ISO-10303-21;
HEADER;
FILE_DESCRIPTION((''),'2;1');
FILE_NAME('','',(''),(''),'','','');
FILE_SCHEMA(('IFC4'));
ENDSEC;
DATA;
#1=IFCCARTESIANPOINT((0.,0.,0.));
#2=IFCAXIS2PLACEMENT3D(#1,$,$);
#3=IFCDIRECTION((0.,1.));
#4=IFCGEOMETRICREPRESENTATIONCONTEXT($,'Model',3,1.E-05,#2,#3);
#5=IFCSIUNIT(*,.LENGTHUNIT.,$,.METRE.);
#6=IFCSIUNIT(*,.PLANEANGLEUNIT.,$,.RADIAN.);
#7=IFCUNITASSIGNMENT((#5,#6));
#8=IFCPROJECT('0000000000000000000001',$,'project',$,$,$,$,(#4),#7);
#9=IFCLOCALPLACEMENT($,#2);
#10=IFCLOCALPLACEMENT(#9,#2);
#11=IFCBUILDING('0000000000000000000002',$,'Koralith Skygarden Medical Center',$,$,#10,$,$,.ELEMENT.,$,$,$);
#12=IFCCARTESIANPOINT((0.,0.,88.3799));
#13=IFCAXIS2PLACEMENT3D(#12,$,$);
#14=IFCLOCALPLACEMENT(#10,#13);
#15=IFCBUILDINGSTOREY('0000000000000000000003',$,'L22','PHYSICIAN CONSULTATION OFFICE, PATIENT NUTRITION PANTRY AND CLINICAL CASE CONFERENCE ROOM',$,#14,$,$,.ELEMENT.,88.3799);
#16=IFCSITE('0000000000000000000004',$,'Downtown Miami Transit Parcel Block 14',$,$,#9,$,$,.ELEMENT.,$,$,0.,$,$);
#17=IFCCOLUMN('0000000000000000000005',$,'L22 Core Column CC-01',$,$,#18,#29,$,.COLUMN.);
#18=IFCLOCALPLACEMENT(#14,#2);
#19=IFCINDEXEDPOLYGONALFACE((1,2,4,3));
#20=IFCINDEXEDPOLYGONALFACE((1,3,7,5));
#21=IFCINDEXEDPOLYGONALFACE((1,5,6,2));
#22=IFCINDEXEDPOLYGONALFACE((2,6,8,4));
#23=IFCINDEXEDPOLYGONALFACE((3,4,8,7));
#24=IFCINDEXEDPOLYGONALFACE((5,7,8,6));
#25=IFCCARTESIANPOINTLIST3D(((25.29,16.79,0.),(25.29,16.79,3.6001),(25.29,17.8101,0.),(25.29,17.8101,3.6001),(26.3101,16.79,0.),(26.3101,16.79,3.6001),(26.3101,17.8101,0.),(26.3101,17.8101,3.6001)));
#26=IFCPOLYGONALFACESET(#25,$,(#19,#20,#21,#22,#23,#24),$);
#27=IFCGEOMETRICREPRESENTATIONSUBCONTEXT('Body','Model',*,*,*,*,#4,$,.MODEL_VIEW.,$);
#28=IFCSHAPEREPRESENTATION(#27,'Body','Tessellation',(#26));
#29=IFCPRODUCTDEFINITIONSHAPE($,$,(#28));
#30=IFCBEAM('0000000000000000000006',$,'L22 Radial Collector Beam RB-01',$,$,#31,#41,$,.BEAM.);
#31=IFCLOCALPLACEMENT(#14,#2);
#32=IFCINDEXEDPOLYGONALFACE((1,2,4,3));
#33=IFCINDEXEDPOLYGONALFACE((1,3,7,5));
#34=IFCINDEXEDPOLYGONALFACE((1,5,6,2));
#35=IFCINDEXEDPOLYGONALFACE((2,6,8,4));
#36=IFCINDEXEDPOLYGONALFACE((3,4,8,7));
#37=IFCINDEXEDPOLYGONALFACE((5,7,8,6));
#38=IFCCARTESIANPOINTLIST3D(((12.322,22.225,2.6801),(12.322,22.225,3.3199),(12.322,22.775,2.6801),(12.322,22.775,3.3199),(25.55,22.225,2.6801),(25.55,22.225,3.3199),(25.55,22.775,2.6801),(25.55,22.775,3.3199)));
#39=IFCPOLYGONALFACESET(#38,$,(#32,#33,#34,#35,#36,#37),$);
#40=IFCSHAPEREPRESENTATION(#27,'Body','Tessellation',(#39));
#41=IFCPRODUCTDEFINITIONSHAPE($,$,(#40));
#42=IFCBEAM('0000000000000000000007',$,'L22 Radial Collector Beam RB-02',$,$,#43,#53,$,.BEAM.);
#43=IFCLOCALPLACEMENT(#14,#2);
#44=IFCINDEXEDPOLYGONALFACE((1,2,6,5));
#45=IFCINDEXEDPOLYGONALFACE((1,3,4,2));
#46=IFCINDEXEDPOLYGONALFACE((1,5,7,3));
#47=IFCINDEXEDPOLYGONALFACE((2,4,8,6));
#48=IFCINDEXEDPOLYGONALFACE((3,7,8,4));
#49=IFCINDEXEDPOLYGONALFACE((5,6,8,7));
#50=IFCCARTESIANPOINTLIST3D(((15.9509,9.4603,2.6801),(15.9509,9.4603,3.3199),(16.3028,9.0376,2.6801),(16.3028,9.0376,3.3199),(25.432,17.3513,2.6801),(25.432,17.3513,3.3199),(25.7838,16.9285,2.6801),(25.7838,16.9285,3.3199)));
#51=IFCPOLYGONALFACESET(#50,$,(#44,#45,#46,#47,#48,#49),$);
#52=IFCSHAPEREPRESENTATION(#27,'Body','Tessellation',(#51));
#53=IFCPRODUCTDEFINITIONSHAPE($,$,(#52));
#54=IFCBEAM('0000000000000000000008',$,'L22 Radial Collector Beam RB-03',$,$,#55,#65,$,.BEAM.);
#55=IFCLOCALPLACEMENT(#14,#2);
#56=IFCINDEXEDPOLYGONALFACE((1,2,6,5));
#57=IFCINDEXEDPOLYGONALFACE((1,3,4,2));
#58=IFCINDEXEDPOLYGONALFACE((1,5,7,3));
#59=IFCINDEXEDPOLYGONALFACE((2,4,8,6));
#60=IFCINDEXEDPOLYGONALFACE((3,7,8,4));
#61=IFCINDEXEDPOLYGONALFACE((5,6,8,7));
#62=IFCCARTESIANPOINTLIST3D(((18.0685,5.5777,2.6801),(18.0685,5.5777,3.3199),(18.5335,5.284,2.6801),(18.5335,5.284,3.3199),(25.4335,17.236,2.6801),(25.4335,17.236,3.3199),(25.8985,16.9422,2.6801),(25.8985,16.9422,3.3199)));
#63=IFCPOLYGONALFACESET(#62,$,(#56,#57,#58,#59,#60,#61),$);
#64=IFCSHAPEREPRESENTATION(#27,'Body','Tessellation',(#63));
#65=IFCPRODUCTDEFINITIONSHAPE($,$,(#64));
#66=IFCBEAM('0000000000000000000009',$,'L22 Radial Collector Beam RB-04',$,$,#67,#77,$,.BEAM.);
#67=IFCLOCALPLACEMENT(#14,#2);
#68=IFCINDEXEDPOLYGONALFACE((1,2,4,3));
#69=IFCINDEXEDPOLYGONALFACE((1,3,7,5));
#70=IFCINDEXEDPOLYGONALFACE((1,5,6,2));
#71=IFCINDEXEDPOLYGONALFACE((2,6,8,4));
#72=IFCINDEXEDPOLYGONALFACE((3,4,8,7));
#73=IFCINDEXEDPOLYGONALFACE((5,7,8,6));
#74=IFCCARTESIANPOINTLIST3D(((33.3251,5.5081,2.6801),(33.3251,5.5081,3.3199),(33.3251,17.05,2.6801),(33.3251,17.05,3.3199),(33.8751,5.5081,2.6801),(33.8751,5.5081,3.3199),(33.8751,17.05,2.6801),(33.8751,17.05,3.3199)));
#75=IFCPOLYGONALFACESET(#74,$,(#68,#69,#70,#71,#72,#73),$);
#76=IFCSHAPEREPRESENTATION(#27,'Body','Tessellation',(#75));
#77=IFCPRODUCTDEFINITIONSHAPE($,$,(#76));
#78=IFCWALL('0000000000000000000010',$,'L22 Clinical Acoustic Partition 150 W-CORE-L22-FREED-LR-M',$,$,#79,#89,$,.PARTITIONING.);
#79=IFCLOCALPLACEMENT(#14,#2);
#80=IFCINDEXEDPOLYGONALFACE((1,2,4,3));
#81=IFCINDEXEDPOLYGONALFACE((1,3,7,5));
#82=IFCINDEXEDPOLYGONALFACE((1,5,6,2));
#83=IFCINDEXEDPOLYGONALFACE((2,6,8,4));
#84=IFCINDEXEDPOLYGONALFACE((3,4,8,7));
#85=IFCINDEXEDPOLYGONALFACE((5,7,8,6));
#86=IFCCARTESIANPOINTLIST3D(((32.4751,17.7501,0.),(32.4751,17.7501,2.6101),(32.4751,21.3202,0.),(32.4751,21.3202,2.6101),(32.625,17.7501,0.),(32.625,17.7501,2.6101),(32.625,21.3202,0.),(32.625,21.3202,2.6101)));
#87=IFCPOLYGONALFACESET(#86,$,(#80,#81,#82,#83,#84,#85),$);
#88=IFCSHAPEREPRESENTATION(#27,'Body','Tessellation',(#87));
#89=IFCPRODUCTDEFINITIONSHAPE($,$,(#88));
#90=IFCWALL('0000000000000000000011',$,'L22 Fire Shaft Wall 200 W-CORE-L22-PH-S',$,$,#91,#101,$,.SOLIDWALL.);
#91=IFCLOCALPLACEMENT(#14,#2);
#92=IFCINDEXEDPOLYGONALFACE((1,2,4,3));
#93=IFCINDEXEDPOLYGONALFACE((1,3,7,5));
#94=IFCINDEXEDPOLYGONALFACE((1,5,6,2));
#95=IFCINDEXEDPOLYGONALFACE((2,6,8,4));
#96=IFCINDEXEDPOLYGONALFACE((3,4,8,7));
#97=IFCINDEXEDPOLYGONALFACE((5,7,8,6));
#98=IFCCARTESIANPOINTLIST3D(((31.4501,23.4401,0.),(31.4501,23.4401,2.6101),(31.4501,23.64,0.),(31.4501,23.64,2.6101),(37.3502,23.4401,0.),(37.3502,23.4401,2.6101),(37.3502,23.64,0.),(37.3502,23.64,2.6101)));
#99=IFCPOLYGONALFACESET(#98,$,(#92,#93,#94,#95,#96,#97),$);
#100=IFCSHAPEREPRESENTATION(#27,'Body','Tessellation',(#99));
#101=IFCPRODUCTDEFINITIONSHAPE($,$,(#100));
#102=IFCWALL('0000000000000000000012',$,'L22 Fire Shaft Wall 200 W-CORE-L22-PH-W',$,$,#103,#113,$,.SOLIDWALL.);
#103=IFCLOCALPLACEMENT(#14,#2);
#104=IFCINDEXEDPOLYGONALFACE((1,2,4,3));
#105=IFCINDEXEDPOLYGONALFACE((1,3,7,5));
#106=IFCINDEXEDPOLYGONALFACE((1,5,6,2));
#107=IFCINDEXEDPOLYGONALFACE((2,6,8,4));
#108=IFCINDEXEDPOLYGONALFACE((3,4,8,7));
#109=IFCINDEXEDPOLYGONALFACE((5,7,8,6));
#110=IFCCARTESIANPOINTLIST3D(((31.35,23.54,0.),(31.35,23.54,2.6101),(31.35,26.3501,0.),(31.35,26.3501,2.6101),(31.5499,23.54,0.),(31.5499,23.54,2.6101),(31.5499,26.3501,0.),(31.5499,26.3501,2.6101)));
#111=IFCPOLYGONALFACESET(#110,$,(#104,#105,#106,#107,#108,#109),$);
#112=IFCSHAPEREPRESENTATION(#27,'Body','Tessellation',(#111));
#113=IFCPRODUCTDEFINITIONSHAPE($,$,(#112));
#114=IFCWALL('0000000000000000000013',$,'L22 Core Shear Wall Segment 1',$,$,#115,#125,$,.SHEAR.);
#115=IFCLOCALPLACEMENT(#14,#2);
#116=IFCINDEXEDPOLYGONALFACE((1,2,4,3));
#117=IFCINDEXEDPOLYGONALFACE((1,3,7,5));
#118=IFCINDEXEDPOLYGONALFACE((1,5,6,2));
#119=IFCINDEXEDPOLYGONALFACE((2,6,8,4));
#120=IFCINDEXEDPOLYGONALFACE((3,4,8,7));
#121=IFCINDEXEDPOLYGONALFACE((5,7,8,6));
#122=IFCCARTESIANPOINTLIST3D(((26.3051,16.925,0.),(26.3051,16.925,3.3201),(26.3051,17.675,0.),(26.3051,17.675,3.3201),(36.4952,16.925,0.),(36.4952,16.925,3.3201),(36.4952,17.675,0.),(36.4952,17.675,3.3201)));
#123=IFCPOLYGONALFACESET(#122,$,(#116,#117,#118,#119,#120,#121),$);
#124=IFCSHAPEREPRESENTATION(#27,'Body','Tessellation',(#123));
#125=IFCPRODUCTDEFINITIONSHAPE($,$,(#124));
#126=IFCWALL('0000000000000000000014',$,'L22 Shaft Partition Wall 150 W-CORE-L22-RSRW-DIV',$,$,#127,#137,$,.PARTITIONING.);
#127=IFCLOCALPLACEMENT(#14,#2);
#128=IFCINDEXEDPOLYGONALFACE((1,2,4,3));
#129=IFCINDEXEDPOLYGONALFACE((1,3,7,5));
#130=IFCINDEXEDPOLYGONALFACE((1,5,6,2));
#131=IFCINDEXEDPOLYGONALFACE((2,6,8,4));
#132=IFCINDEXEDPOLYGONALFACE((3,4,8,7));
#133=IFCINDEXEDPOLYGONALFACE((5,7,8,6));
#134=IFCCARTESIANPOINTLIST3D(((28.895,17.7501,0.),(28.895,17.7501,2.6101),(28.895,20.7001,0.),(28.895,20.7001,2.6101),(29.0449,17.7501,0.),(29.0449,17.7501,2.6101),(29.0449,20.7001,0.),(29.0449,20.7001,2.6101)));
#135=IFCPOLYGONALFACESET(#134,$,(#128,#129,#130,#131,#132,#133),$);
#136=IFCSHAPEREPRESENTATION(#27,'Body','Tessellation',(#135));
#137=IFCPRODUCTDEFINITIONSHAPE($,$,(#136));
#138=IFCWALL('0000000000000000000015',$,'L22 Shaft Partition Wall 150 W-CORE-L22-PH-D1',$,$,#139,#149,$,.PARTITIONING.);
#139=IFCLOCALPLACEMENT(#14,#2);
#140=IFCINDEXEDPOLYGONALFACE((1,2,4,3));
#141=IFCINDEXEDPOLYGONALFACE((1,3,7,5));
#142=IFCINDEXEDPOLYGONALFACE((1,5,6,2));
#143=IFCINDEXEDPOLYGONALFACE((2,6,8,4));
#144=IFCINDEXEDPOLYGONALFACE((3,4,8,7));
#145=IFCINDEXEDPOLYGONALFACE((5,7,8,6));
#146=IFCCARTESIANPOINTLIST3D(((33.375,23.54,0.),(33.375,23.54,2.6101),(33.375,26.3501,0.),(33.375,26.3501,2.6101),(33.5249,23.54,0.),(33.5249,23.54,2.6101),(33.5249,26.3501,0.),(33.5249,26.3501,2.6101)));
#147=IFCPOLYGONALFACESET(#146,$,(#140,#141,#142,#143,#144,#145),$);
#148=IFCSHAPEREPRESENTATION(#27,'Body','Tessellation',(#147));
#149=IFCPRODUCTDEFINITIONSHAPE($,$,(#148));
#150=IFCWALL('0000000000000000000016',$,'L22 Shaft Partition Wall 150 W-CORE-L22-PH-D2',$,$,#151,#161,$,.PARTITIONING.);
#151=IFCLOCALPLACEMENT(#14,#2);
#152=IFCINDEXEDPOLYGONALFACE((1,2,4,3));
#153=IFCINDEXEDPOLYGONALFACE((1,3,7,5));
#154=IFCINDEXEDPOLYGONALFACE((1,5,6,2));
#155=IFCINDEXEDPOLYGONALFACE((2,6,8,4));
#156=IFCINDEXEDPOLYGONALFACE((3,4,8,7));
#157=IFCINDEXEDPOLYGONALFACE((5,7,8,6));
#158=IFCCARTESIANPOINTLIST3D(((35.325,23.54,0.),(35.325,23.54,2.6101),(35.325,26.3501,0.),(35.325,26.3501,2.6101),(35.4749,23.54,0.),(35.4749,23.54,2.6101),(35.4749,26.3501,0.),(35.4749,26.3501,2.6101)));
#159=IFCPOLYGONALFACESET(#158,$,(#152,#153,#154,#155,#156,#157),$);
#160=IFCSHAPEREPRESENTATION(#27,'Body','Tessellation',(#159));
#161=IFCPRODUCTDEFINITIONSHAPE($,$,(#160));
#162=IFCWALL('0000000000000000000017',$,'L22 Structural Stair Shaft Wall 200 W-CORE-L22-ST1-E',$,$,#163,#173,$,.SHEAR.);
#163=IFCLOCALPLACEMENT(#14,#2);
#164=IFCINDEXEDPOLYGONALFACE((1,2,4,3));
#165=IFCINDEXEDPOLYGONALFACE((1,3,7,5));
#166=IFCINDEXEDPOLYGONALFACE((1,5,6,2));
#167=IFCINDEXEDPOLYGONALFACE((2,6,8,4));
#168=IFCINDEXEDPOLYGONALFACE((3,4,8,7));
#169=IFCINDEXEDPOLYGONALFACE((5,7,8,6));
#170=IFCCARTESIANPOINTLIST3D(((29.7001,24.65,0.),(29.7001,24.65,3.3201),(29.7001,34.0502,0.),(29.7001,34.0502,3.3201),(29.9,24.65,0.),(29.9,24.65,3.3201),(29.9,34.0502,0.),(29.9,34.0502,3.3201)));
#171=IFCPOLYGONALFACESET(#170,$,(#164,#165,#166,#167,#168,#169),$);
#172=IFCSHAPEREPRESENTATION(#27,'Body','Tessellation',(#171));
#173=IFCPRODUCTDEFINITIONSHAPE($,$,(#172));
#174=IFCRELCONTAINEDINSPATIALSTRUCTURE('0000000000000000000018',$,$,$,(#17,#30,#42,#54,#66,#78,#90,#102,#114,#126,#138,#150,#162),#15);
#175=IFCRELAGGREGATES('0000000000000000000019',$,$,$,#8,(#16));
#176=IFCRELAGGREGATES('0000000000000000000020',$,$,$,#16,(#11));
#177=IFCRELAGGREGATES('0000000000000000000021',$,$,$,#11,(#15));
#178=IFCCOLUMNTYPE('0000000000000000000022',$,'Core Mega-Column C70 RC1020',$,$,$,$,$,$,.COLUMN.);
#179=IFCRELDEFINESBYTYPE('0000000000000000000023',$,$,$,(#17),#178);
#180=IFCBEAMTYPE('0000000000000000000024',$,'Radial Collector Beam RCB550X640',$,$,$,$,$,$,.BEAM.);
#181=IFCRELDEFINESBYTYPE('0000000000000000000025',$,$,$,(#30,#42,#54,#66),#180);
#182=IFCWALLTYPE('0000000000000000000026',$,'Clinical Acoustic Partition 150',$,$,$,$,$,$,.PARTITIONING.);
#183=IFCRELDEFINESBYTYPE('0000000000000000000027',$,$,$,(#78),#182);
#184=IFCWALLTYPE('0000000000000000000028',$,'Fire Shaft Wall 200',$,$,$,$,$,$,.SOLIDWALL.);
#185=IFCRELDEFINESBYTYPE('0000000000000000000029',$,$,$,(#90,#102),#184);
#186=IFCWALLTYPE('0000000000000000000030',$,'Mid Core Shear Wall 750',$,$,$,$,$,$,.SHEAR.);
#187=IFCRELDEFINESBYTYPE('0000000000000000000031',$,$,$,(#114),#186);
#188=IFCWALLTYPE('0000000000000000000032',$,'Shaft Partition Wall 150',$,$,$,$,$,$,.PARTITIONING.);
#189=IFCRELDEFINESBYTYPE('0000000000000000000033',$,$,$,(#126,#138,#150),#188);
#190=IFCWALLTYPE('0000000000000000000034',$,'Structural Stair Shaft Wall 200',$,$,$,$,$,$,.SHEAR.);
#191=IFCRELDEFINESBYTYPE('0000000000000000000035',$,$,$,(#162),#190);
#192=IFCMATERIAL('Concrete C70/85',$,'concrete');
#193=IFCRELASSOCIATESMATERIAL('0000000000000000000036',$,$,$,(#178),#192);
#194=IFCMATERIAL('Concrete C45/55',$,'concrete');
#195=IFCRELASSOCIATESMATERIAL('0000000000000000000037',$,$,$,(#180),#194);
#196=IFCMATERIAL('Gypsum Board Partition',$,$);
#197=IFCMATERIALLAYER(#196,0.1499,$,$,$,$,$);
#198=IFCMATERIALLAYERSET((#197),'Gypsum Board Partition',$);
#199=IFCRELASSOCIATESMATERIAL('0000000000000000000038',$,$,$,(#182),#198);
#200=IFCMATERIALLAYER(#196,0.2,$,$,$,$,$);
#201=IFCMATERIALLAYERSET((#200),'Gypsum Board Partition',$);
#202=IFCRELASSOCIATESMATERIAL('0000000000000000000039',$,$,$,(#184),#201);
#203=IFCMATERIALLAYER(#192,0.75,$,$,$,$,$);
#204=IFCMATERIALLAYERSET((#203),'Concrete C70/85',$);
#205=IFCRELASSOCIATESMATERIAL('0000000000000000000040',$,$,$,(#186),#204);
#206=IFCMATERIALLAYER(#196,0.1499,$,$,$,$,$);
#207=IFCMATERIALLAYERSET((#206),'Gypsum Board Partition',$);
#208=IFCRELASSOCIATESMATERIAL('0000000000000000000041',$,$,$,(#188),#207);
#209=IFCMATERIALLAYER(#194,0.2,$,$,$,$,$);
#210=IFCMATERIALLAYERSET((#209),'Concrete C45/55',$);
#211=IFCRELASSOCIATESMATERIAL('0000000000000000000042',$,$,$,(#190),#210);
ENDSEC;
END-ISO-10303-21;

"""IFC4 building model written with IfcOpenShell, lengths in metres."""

from ifc_helpers import new_model, si_unit, direction, frame, frame_2d, origin, origin_2d, place, context, subcontext, project, spatial, rectangle, extrude, material, layer, layer_set, material_profile, profile_set, type_object, element, save


model = new_model("IFC4")

# Units and contexts
model_context = context("Model", 3, precision=1e-05, world=origin(), true_north=direction((0.0, 1.0)))
body_context = subcontext(model_context, "Body", "Model", "MODEL_VIEW")
ifc_project = project(units=[si_unit("LENGTHUNIT", "METRE"), si_unit("PLANEANGLEUNIT", "RADIAN")], contexts=[model_context])

# Site, building, storey
site_placement = place(None, origin())
site = spatial("IfcSite", under=ifc_project, at=site_placement, Name="Downtown Miami Transit Parcel Block 14", CompositionType="ELEMENT", RefElevation=0.0)
building_placement = place(site_placement, origin())
building = spatial("IfcBuilding", under=site, at=building_placement, Name="Koralith Skygarden Medical Center", CompositionType="ELEMENT")
storey_placement = place(building_placement, frame((0.0, 0.0, 88.3799)))
storey = spatial("IfcBuildingStorey", under=building, at=storey_placement, Name="L22", Description="PHYSICIAN CONSULTATION OFFICE, PATIENT NUTRITION PANTRY AND CLINICAL CASE CONFERENCE ROOM", CompositionType="ELEMENT", Elevation=88.3799)

# Column
ifc_material_1 = material(Name="Concrete C70/85", Category="concrete")
ifc_material_profile_1 = material_profile(ifc_material_1, rectangle(XDim=1.02, YDim=1.02, at=origin_2d()), Name="RC1020X1020")
ifc_profile_set_1 = profile_set([ifc_material_profile_1], Name="Concrete C70/85")
column_type = type_object("IfcColumnType", Name="Core Mega-Column C70 RC1020", PredefinedType="COLUMN", material=ifc_profile_set_1)
column_placement = place(storey_placement, frame((25.8, 17.3, 0.0), z_axis=(0.0, 0.0, 1.0), x_axis=(1.0, 0.0, 0.0)))
element("IfcColumn", 1, at=column_placement, inside=storey, type_object=column_type, Name="L22 Core Column CC-01", PredefinedType="COLUMN", context=body_context, shape_type="SweptSolid", body=[
    extrude(rectangle(XDim=1.02, YDim=1.02, at=origin_2d()), origin(), (0.0, 0.0, 1.0), 3.6001),
])

# Beams
ifc_material_2 = material(Name="Concrete C45/55", Category="concrete")
ifc_material_profile_2 = material_profile(ifc_material_2, rectangle(XDim=0.55, YDim=0.6399, at=origin_2d()), Name="RCB550X640")
ifc_profile_set_2 = profile_set([ifc_material_profile_2], Name="Concrete C45/55")
beam_type = type_object("IfcBeamType", Name="Radial Collector Beam RCB550X640", PredefinedType="BEAM", material=ifc_profile_set_2)
beam_1_placement = place(storey_placement, frame((25.55, 22.5, 3.0), z_axis=(-1.0, 0.0, 0.0), x_axis=(0.0, -1.0, 0.0)))
element("IfcBeam", 2, at=beam_1_placement, inside=storey, type_object=beam_type, Name="L22 Radial Collector Beam RB-01", PredefinedType="BEAM", context=body_context, shape_type="SweptSolid", body=[
    extrude(rectangle(XDim=0.55, YDim=0.6399, at=origin_2d()), origin(), (0.0, 0.0, 1.0), 13.228),
])
beam_2_placement = place(storey_placement, frame((25.6079, 17.1399, 3.0), z_axis=(-0.768617, -0.639709, 0.0), x_axis=(0.639709, -0.768617, 0.0)))
element("IfcBeam", 3, at=beam_2_placement, inside=storey, type_object=beam_type, Name="L22 Radial Collector Beam RB-02", PredefinedType="BEAM", context=body_context, shape_type="SweptSolid", body=[
    extrude(rectangle(XDim=0.55, YDim=0.6399, at=origin_2d()), origin(), (0.0, 0.0, 1.0), 12.3352),
])
beam_3_placement = place(storey_placement, frame((25.666, 17.0891, 3.0), z_axis=(-0.534092, -0.845426, 0.0), x_axis=(0.845426, -0.534092, 0.0)))
element("IfcBeam", 4, at=beam_3_placement, inside=storey, type_object=beam_type, Name="L22 Radial Collector Beam RB-03", PredefinedType="BEAM", context=body_context, shape_type="SweptSolid", body=[
    extrude(rectangle(XDim=0.55, YDim=0.6399, at=origin_2d()), origin(), (0.0, 0.0, 1.0), 13.7898),
])
beam_4_placement = place(storey_placement, frame((33.6001, 17.05, 3.0), z_axis=(0.0, -1.0, 0.0), x_axis=(1.0, 0.0, 0.0)))
element("IfcBeam", 5, at=beam_4_placement, inside=storey, type_object=beam_type, Name="L22 Radial Collector Beam RB-04", PredefinedType="BEAM", context=body_context, shape_type="SweptSolid", body=[
    extrude(rectangle(XDim=0.55, YDim=0.6399, at=origin_2d()), origin(), (0.0, 0.0, 1.0), 11.542),
])

# Shared definitions
ifc_material_3 = material(Name="Gypsum Board Partition")
ifc_layer_1 = layer(ifc_material_3, 0.1499)
ifc_layer_set_1 = layer_set([ifc_layer_1], Name="Gypsum Board Partition")
wall_type_1 = type_object("IfcWallType", Name="Clinical Acoustic Partition 150", PredefinedType="PARTITIONING", material=ifc_layer_set_1)

# Wall
wall_1_placement = place(storey_placement, frame((32.55, 17.75, 0.0), z_axis=(0.0, 0.0, 1.0), x_axis=(0.0, 1.0, 0.0)))
element("IfcWall", 6, at=wall_1_placement, inside=storey, type_object=wall_type_1, Name="L22 Clinical Acoustic Partition 150 W-CORE-L22-FREED-LR-M", PredefinedType="PARTITIONING", context=body_context, shape_type="SweptSolid", body=[
    extrude(rectangle(XDim=3.5701, YDim=0.1499, at=frame_2d((1.7852, 0.0))), origin(), (0.0, 0.0, 1.0), 2.6101),
])

# Shared definitions
ifc_layer_2 = layer(ifc_material_3, 0.2)
ifc_layer_set_2 = layer_set([ifc_layer_2], Name="Gypsum Board Partition")
wall_type_2 = type_object("IfcWallType", Name="Fire Shaft Wall 200", PredefinedType="SOLIDWALL", material=ifc_layer_set_2)

# Walls
wall_2_placement = place(storey_placement, frame((31.45, 23.54, 0.0), z_axis=(0.0, 0.0, 1.0), x_axis=(1.0, 0.0, 0.0)))
element("IfcWall", 7, at=wall_2_placement, inside=storey, type_object=wall_type_2, Name="L22 Fire Shaft Wall 200 W-CORE-L22-PH-S", PredefinedType="SOLIDWALL", context=body_context, shape_type="SweptSolid", body=[
    extrude(rectangle(XDim=5.9001, YDim=0.2, at=frame_2d((2.9502, 0.0))), origin(), (0.0, 0.0, 1.0), 2.6101),
])
wall_3_placement = place(storey_placement, frame((31.45, 23.54, 0.0), z_axis=(0.0, 0.0, 1.0), x_axis=(0.0, 1.0, 0.0)))
element("IfcWall", 8, at=wall_3_placement, inside=storey, type_object=wall_type_2, Name="L22 Fire Shaft Wall 200 W-CORE-L22-PH-W", PredefinedType="SOLIDWALL", context=body_context, shape_type="SweptSolid", body=[
    extrude(rectangle(XDim=2.8101, YDim=0.2, at=frame_2d((1.405, 0.0))), origin(), (0.0, 0.0, 1.0), 2.6101),
])
ifc_layer_3 = layer(ifc_material_1, 0.75)
ifc_layer_set_3 = layer_set([ifc_layer_3], Name="Concrete C70/85")
wall_type_3 = type_object("IfcWallType", Name="Mid Core Shear Wall 750", PredefinedType="SHEAR", material=ifc_layer_set_3)
wall_4_placement = place(storey_placement, frame((26.3049, 17.3, 0.0), z_axis=(0.0, 0.0, 1.0), x_axis=(1.0, 0.0, 0.0)))
element("IfcWall", 9, at=wall_4_placement, inside=storey, type_object=wall_type_3, Name="L22 Core Shear Wall Segment 1", PredefinedType="SHEAR", context=body_context, shape_type="SweptSolid", body=[
    extrude(rectangle(XDim=10.1902, YDim=0.75, at=frame_2d((5.0952, 0.0))), origin(), (0.0, 0.0, 1.0), 3.3201),
])

# Walls
ifc_layer_4 = layer(ifc_material_3, 0.1499)
ifc_layer_set_4 = layer_set([ifc_layer_4], Name="Gypsum Board Partition")
wall_type_4 = type_object("IfcWallType", Name="Shaft Partition Wall 150", PredefinedType="PARTITIONING", material=ifc_layer_set_4)
wall_5_placement = place(storey_placement, frame((28.97, 17.75, 0.0), z_axis=(0.0, 0.0, 1.0), x_axis=(0.0, 1.0, 0.0)))
element("IfcWall", 10, at=wall_5_placement, inside=storey, type_object=wall_type_4, Name="L22 Shaft Partition Wall 150 W-CORE-L22-RSRW-DIV", PredefinedType="PARTITIONING", context=body_context, shape_type="SweptSolid", body=[
    extrude(rectangle(XDim=2.95, YDim=0.1499, at=frame_2d((1.4751, 0.0))), origin(), (0.0, 0.0, 1.0), 2.6101),
])
for number, where, z_axis, x_axis, name in (
    (11, (33.45, 23.54, 0.0), (0.0, 0.0, 1.0), (0.0, 1.0, 0.0), "L22 Shaft Partition Wall 150 W-CORE-L22-PH-D1"),
    (12, (35.3999, 23.54, 0.0), (0.0, 0.0, 1.0), (0.0, 1.0, 0.0), "L22 Shaft Partition Wall 150 W-CORE-L22-PH-D2"),
):
    element("IfcWall", number, at=place(storey_placement, frame(where, z_axis=z_axis, x_axis=x_axis)), inside=storey, type_object=wall_type_4, Name=name, PredefinedType="PARTITIONING", context=body_context, shape_type="SweptSolid", body=[
        extrude(rectangle(XDim=2.8101, YDim=0.1499, at=frame_2d((1.405, 0.0))), origin(), (0.0, 0.0, 1.0), 2.6101),
    ])
ifc_layer_5 = layer(ifc_material_2, 0.2)
ifc_layer_set_5 = layer_set([ifc_layer_5], Name="Concrete C45/55")
wall_type_5 = type_object("IfcWallType", Name="Structural Stair Shaft Wall 200", PredefinedType="SHEAR", material=ifc_layer_set_5)
wall_6_placement = place(storey_placement, frame((29.8, 24.6499, 0.0), z_axis=(0.0, 0.0, 1.0), x_axis=(0.0, 1.0, 0.0)))
element("IfcWall", 13, at=wall_6_placement, inside=storey, type_object=wall_type_5, Name="L22 Structural Stair Shaft Wall 200 W-CORE-L22-ST1-E", PredefinedType="SHEAR", context=body_context, shape_type="SweptSolid", body=[
    extrude(rectangle(XDim=9.4001, YDim=0.2, at=frame_2d((4.7002, 0.0))), origin(), (0.0, 0.0, 1.0), 3.3201),
])

save(model, "model.ifc")
